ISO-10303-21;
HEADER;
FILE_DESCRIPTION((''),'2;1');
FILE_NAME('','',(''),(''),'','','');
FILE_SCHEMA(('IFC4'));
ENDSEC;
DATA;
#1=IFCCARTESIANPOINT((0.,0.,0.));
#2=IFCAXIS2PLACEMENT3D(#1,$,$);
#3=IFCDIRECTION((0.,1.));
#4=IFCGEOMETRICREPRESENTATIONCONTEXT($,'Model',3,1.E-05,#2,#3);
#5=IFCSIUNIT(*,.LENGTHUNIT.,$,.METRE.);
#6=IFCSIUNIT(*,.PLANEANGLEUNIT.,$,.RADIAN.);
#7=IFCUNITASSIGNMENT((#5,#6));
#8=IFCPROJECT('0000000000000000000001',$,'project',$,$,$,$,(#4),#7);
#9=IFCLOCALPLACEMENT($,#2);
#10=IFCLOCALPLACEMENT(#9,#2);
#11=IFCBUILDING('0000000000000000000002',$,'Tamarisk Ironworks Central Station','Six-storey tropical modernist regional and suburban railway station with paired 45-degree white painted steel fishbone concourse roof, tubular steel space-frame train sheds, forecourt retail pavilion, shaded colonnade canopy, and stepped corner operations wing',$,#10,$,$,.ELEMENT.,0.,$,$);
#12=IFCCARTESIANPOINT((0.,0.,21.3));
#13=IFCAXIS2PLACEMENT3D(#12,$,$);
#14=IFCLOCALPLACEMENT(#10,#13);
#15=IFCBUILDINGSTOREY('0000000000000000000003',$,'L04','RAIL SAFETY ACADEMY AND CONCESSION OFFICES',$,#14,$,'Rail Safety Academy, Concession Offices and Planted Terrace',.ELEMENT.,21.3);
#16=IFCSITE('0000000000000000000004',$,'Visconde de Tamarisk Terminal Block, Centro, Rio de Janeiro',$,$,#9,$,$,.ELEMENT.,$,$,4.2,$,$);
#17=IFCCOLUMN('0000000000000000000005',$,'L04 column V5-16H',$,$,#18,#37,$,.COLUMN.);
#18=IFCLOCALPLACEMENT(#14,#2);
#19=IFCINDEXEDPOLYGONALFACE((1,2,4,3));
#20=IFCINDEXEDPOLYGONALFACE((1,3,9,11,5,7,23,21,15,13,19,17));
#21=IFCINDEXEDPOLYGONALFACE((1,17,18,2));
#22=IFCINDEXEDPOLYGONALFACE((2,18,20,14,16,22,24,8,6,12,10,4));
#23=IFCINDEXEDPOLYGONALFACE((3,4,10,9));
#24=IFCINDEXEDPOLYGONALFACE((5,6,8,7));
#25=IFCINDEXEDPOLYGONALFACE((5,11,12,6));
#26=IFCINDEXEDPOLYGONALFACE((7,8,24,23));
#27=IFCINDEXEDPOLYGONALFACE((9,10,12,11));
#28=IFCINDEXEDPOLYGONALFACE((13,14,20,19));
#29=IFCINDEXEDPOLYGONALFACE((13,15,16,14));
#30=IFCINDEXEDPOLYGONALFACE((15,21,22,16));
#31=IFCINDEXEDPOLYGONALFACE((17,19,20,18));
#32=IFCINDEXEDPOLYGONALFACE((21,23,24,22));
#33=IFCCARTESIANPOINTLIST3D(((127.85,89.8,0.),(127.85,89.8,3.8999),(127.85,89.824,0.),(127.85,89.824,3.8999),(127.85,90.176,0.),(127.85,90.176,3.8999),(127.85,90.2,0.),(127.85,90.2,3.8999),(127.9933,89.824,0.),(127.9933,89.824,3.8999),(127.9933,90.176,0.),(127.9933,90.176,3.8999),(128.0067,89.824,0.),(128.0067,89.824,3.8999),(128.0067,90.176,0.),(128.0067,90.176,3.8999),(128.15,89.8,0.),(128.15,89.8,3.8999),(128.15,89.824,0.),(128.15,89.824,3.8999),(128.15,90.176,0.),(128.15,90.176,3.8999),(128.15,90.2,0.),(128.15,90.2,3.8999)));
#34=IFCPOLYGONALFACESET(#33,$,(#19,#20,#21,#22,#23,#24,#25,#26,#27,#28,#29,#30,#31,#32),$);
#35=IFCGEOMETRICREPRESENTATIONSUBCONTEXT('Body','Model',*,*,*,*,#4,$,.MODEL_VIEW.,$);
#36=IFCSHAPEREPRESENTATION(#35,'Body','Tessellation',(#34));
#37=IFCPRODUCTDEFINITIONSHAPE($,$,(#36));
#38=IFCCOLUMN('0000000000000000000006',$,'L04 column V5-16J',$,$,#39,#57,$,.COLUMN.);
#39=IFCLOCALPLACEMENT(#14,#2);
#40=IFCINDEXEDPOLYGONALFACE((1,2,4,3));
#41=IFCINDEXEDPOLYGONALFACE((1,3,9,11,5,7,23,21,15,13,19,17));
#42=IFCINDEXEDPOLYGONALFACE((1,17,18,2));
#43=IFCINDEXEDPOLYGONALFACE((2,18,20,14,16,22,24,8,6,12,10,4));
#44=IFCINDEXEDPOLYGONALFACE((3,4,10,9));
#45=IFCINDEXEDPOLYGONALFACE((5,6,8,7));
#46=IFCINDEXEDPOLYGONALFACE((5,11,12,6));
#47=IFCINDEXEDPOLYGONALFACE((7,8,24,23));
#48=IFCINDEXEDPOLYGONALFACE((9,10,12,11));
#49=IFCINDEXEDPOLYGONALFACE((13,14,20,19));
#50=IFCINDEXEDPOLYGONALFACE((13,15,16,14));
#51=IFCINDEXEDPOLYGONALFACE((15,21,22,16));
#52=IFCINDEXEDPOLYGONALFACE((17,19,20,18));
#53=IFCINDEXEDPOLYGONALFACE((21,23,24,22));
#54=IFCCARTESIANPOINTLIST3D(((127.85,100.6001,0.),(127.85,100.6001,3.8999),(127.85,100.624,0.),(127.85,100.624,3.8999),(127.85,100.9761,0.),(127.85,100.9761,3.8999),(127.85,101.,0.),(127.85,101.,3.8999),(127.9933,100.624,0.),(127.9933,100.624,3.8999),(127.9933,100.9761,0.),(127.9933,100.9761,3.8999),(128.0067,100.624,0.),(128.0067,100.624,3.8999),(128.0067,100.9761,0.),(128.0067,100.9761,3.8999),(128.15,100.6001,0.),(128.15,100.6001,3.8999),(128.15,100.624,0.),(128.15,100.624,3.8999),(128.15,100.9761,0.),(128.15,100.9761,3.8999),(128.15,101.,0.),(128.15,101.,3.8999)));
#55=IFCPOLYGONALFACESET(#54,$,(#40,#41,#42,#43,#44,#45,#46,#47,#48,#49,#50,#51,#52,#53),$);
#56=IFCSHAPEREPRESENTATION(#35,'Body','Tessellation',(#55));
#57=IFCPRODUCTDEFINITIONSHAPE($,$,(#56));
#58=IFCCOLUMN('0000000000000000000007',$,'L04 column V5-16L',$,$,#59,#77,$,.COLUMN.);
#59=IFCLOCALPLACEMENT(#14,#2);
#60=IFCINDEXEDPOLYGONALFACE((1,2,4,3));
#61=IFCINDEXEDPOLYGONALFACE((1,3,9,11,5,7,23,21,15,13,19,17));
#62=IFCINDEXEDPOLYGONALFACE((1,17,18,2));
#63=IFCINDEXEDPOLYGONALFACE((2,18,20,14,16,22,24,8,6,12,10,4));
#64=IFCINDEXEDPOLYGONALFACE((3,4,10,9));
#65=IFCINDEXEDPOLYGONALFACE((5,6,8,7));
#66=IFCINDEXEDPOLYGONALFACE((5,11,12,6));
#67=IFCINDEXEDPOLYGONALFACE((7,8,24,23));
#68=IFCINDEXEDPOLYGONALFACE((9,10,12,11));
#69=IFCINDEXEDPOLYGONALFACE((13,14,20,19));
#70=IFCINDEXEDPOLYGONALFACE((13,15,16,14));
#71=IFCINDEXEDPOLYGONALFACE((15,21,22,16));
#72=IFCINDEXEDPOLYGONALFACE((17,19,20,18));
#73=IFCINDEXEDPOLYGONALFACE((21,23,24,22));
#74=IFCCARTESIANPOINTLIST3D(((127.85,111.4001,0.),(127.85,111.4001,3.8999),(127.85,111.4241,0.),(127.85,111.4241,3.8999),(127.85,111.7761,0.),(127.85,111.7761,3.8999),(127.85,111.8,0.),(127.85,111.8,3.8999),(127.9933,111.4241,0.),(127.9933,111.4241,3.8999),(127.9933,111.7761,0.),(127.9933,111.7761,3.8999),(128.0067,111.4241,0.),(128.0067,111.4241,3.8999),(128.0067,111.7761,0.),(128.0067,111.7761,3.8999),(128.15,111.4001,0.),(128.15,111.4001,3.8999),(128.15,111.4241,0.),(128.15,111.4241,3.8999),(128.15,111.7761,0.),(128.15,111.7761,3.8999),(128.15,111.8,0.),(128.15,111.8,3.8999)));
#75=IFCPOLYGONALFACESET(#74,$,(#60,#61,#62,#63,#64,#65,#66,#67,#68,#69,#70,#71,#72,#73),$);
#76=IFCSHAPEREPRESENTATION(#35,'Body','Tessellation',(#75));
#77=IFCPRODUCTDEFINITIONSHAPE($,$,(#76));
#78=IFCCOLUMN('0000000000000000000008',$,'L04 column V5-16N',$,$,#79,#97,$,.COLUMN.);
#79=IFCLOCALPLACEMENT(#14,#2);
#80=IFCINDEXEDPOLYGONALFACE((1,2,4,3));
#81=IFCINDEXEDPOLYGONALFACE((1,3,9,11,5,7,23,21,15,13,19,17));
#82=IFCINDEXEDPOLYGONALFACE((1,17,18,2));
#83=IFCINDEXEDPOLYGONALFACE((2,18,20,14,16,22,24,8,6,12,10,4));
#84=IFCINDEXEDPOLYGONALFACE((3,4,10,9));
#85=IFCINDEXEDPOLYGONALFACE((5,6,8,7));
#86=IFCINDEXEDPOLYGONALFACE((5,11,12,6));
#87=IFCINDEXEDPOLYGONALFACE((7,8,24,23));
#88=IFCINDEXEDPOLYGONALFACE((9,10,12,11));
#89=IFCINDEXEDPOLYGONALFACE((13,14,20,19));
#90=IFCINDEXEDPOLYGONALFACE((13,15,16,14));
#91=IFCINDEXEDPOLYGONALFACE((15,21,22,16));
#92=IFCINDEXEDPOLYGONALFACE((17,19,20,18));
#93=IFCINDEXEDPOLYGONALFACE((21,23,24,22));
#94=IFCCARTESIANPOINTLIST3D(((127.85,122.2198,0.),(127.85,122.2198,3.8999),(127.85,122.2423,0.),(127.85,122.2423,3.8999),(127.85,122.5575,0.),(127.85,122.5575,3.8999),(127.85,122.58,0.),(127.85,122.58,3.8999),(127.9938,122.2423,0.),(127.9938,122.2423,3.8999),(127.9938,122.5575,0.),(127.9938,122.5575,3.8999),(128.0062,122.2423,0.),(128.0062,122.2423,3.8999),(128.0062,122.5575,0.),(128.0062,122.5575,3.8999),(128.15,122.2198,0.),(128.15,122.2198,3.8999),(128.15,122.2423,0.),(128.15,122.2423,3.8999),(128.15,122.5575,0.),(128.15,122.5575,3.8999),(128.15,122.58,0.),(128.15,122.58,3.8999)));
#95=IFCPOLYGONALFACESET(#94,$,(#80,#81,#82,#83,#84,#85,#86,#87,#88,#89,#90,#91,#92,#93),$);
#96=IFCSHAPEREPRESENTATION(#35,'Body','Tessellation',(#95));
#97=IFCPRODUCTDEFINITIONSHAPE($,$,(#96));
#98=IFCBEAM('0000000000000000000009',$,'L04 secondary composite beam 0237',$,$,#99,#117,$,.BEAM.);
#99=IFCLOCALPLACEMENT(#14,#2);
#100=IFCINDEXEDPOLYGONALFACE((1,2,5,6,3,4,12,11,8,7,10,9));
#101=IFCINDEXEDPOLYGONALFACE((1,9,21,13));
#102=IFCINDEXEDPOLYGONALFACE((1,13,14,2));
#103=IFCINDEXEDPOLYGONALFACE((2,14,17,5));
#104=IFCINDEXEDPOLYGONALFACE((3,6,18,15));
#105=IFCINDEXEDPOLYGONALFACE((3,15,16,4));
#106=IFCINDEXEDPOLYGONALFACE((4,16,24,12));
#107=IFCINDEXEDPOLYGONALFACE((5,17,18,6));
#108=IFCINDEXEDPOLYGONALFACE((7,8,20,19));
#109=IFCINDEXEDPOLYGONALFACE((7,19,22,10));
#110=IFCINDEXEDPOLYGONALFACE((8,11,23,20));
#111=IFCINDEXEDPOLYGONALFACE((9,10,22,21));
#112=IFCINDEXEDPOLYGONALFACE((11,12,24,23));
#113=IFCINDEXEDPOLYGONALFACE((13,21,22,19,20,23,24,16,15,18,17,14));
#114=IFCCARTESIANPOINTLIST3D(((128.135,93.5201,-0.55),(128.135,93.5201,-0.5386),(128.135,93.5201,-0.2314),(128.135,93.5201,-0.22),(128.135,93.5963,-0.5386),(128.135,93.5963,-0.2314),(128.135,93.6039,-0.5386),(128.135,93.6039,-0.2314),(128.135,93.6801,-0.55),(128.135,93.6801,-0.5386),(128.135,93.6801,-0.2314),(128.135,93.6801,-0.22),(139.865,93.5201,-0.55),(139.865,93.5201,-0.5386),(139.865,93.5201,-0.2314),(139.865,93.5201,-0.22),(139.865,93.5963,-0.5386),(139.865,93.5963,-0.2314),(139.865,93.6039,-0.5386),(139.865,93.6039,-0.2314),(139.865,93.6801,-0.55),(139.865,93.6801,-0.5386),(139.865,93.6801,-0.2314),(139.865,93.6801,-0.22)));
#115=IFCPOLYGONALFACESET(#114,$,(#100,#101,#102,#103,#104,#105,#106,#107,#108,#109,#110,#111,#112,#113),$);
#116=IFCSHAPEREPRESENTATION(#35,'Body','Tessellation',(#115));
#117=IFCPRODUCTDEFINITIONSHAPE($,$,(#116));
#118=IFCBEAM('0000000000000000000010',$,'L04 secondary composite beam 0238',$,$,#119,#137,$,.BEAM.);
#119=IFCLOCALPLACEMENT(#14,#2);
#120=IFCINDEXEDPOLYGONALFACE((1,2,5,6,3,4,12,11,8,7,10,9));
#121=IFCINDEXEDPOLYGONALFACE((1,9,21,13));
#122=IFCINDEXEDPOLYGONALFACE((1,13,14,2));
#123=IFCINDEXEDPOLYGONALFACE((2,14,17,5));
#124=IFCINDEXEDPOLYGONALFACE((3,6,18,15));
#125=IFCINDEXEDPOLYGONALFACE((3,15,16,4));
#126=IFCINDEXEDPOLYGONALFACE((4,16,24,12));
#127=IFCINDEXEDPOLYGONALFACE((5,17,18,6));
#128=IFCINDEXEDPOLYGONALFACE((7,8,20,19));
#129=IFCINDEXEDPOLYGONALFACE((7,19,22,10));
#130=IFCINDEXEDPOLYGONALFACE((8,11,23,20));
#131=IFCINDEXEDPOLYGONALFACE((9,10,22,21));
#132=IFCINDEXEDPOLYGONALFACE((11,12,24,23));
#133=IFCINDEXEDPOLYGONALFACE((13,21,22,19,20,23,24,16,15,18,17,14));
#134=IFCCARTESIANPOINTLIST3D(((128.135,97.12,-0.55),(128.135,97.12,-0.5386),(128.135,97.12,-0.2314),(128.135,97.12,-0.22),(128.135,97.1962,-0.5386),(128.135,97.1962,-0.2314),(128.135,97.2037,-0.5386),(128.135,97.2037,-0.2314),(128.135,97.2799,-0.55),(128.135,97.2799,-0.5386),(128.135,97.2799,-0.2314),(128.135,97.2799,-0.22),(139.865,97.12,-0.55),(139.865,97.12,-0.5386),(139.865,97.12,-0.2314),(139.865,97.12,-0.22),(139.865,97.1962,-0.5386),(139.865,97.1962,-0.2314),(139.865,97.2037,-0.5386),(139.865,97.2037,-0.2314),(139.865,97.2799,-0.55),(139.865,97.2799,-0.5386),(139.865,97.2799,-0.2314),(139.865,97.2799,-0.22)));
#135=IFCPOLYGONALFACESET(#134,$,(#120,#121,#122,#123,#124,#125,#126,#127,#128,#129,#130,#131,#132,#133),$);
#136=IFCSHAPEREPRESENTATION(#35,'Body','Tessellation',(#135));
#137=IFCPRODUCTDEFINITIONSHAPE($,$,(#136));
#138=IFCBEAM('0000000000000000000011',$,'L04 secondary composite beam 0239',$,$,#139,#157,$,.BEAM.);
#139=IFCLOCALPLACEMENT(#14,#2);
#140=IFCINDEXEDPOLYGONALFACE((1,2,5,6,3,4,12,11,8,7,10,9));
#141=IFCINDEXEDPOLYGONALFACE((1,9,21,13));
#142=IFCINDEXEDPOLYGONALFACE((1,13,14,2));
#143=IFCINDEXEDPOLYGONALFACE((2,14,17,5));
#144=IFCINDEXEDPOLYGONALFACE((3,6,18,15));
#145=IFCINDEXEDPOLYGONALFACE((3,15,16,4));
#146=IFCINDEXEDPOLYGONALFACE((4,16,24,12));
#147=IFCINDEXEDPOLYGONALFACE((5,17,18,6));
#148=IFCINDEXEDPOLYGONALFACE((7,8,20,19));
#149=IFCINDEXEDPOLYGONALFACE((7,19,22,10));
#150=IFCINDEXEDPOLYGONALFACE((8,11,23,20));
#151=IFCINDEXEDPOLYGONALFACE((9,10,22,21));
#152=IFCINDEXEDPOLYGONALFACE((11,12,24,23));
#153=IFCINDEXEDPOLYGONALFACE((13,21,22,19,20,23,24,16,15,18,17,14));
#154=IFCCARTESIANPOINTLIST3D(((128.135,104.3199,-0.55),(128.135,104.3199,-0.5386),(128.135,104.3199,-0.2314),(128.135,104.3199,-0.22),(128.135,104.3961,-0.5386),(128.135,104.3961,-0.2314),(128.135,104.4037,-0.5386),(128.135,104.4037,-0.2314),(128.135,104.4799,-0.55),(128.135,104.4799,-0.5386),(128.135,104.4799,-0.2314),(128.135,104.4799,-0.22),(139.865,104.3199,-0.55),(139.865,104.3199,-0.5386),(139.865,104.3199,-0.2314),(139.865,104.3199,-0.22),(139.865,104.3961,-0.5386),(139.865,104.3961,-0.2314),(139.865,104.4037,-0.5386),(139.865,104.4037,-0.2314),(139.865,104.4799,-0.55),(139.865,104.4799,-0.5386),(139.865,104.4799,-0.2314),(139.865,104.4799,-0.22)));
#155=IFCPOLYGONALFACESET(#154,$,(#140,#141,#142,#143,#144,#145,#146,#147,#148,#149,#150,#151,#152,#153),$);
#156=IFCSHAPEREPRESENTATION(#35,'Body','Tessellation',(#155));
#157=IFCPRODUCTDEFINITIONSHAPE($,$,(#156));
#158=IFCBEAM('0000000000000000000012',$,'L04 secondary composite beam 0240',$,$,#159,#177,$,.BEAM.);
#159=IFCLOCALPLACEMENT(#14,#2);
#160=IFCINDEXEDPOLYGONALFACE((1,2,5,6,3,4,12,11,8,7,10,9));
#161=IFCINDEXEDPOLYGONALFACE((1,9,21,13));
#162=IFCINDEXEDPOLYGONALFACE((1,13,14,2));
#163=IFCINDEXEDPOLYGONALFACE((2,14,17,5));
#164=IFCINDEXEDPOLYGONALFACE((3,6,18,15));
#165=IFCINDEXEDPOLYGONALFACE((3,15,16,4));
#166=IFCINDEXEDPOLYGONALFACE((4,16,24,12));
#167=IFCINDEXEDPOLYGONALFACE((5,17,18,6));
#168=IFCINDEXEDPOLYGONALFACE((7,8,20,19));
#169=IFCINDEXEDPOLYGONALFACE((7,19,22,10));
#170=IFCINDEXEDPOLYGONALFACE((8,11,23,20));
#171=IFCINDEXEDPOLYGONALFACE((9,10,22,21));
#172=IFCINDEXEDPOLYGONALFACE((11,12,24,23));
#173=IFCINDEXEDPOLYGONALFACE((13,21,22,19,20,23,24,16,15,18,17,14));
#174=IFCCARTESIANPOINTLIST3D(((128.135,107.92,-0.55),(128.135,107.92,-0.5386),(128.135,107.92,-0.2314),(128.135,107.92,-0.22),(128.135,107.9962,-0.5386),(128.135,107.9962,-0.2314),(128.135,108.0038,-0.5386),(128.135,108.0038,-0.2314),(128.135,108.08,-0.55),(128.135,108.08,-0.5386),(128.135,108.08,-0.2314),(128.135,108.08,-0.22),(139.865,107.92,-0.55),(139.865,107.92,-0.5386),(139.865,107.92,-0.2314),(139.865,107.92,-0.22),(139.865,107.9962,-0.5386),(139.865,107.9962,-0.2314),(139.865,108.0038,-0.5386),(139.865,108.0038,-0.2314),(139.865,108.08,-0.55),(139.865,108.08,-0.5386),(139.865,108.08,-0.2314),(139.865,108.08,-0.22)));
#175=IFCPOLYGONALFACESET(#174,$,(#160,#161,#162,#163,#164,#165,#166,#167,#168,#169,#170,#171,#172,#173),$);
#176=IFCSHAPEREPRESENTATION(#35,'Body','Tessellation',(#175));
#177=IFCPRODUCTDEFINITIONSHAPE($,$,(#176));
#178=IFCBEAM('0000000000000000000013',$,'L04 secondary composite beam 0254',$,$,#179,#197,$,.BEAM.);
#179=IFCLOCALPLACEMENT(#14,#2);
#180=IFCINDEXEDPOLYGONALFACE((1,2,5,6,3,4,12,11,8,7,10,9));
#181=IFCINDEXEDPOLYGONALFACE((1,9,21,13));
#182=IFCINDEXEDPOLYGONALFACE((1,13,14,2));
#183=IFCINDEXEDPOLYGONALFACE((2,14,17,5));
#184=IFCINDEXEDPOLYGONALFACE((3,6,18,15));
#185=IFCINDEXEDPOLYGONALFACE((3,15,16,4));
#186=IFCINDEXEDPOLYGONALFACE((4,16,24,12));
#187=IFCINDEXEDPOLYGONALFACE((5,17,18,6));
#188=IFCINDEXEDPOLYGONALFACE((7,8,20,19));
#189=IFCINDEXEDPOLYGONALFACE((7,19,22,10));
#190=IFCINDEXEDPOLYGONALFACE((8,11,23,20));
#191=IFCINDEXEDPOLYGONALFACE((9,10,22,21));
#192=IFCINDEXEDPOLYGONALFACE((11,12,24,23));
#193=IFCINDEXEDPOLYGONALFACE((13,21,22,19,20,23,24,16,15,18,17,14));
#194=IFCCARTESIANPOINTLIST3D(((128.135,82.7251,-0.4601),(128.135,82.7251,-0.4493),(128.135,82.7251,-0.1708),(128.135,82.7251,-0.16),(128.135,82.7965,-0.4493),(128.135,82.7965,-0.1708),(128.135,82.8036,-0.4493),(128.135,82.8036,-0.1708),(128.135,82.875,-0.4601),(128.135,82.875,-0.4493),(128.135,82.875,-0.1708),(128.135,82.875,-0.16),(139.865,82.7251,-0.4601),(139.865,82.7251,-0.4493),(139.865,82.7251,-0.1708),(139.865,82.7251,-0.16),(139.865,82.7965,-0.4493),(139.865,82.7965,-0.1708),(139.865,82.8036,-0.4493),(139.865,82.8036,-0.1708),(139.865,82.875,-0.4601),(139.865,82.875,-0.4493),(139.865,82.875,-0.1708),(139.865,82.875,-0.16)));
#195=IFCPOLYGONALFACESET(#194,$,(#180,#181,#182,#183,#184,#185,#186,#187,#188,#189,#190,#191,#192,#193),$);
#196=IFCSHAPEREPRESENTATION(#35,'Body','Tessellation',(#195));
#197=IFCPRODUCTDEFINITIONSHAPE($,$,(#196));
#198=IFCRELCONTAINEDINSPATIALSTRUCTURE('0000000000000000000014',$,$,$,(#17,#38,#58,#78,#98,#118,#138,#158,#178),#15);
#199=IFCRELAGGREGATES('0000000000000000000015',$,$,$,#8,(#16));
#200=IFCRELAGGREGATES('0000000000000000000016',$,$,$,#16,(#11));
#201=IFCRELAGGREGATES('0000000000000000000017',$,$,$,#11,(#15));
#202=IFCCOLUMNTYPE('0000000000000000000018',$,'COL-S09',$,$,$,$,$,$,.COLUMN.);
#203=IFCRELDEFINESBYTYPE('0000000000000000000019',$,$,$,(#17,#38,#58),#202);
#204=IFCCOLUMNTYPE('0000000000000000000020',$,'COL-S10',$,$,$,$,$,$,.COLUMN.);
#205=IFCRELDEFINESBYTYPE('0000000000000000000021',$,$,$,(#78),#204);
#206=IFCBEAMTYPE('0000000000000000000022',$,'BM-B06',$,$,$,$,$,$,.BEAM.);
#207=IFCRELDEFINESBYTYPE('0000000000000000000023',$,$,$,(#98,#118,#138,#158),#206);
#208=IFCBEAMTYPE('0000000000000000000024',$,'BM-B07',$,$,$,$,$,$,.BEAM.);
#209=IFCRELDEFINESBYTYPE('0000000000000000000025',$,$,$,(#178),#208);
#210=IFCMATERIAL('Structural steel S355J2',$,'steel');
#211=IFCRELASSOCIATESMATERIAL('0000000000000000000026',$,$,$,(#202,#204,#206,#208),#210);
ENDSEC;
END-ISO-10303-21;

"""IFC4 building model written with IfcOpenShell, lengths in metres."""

from ifc_helpers import new_model, si_unit, direction, frame, origin, origin_2d, place, context, subcontext, project, spatial, i_section, extrude, material, material_profile, profile_set, type_object, element, save


model = new_model("IFC4")

# Units and contexts
model_context = context("Model", 3, precision=1e-05, world=origin(), true_north=direction((0.0, 1.0)))
body_context = subcontext(model_context, "Body", "Model", "MODEL_VIEW")
ifc_project = project(units=[si_unit("LENGTHUNIT", "METRE"), si_unit("PLANEANGLEUNIT", "RADIAN")], contexts=[model_context])

# Site, building, storey
site_placement = place(None, origin())
site = spatial("IfcSite", under=ifc_project, at=site_placement, Name="Visconde de Tamarisk Terminal Block, Centro, Rio de Janeiro", CompositionType="ELEMENT", RefElevation=4.2)
building_placement = place(site_placement, origin())
building = spatial("IfcBuilding", under=site, at=building_placement, Name="Tamarisk Ironworks Central Station", Description="Six-storey tropical modernist regional and suburban railway station with paired 45-degree white painted steel fishbone concourse roof, tubular steel space-frame train sheds, forecourt retail pavilion, shaded colonnade canopy, and stepped corner operations wing", CompositionType="ELEMENT", ElevationOfRefHeight=0.0)
storey_placement = place(building_placement, frame((0.0, 0.0, 21.3)))
storey = spatial("IfcBuildingStorey", under=building, at=storey_placement, Name="L04", Description="RAIL SAFETY ACADEMY AND CONCESSION OFFICES", LongName="Rail Safety Academy, Concession Offices and Planted Terrace", CompositionType="ELEMENT", Elevation=21.3)

# Columns
ifc_material_1 = material(Name="Structural steel S355J2", Category="steel")
ifc_material_profile_1 = material_profile(ifc_material_1, i_section(OverallWidth=0.3, OverallDepth=0.3999, WebThickness=0.0134, FlangeThickness=0.0239, at=origin_2d()), Name="HEB 400")
ifc_profile_set_1 = profile_set([ifc_material_profile_1], Name="Structural steel S355J2")
column_type_1 = type_object("IfcColumnType", Name="COL-S09", PredefinedType="COLUMN", material=ifc_profile_set_1)
for number, where, z_axis, x_axis, name in (
    (1, (128.0, 90.0, 0.0), (0.0, 0.0, 1.0), (1.0, 0.0, 0.0), "L04 column V5-16H"),
    (2, (128.0, 100.8, 0.0), (0.0, 0.0, 1.0), (1.0, 0.0, 0.0), "L04 column V5-16J"),
    (3, (128.0, 111.6001, 0.0), (0.0, 0.0, 1.0), (1.0, 0.0, 0.0), "L04 column V5-16L"),
):
    element("IfcColumn", number, at=place(storey_placement, frame(where, z_axis=z_axis, x_axis=x_axis)), inside=storey, type_object=column_type_1, Name=name, PredefinedType="COLUMN", context=body_context, shape_type="SweptSolid", body=[
        extrude(i_section(OverallWidth=0.3, OverallDepth=0.3999, WebThickness=0.0134, FlangeThickness=0.0239, at=origin_2d()), origin(), (0.0, 0.0, 1.0), 3.8999),
    ])
ifc_material_profile_2 = material_profile(ifc_material_1, i_section(OverallWidth=0.3, OverallDepth=0.3601, WebThickness=0.0125, FlangeThickness=0.0225, at=origin_2d()), Name="HEB 360")
ifc_profile_set_2 = profile_set([ifc_material_profile_2], Name="Structural steel S355J2")
column_type_2 = type_object("IfcColumnType", Name="COL-S10", PredefinedType="COLUMN", material=ifc_profile_set_2)
column_placement = place(storey_placement, frame((128.0, 122.3999, 0.0), z_axis=(0.0, 0.0, 1.0), x_axis=(1.0, 0.0, 0.0)))
element("IfcColumn", 4, at=column_placement, inside=storey, type_object=column_type_2, Name="L04 column V5-16N", PredefinedType="COLUMN", context=body_context, shape_type="SweptSolid", body=[
    extrude(i_section(OverallWidth=0.3, OverallDepth=0.3601, WebThickness=0.0125, FlangeThickness=0.0225, at=origin_2d()), origin(), (0.0, 0.0, 1.0), 3.8999),
])

# Beams
ifc_material_profile_3 = material_profile(ifc_material_1, i_section(OverallWidth=0.1599, OverallDepth=0.3301, WebThickness=0.0076, FlangeThickness=0.0115, at=origin_2d()), Name="IPE 330")
ifc_profile_set_3 = profile_set([ifc_material_profile_3], Name="Structural steel S355J2")
beam_type_1 = type_object("IfcBeamType", Name="BM-B06", PredefinedType="BEAM", material=ifc_profile_set_3)
for number, where, z_axis, x_axis, name in (
    (5, (128.135, 93.6001, -0.385), (1.0, 0.0, 0.0), (0.0, 1.0, 0.0), "L04 secondary composite beam 0237"),
    (6, (128.135, 97.2, -0.385), (1.0, 0.0, 0.0), (0.0, 1.0, 0.0), "L04 secondary composite beam 0238"),
    (7, (128.135, 104.3999, -0.385), (1.0, 0.0, 0.0), (0.0, 1.0, 0.0), "L04 secondary composite beam 0239"),
    (8, (128.135, 108.0, -0.385), (1.0, 0.0, 0.0), (0.0, 1.0, 0.0), "L04 secondary composite beam 0240"),
):
    element("IfcBeam", number, at=place(storey_placement, frame(where, z_axis=z_axis, x_axis=x_axis)), inside=storey, type_object=beam_type_1, Name=name, PredefinedType="BEAM", context=body_context, shape_type="SweptSolid", body=[
        extrude(i_section(OverallWidth=0.1599, OverallDepth=0.3301, WebThickness=0.0076, FlangeThickness=0.0115, at=origin_2d()), origin(), (0.0, 0.0, 1.0), 11.73),
    ])
ifc_material_profile_4 = material_profile(ifc_material_1, i_section(OverallWidth=0.1499, OverallDepth=0.3, WebThickness=0.0071, FlangeThickness=0.0107, at=origin_2d()), Name="IPE 300")
ifc_profile_set_4 = profile_set([ifc_material_profile_4], Name="Structural steel S355J2")
beam_type_2 = type_object("IfcBeamType", Name="BM-B07", PredefinedType="BEAM", material=ifc_profile_set_4)
for number, where, z_axis, x_axis, name in (
    (9, (128.135, 82.8, -0.3101), (1.0, 0.0, 0.0), (0.0, 1.0, 0.0), "L04 secondary composite beam 0254"),
):
    element("IfcBeam", number, at=place(storey_placement, frame(where, z_axis=z_axis, x_axis=x_axis)), inside=storey, type_object=beam_type_2, Name=name, PredefinedType="BEAM", context=body_context, shape_type="SweptSolid", body=[
        extrude(i_section(OverallWidth=0.1499, OverallDepth=0.3, WebThickness=0.0071, FlangeThickness=0.0107, at=origin_2d()), origin(), (0.0, 0.0, 1.0), 11.73),
    ])

save(model, "model.ifc")
